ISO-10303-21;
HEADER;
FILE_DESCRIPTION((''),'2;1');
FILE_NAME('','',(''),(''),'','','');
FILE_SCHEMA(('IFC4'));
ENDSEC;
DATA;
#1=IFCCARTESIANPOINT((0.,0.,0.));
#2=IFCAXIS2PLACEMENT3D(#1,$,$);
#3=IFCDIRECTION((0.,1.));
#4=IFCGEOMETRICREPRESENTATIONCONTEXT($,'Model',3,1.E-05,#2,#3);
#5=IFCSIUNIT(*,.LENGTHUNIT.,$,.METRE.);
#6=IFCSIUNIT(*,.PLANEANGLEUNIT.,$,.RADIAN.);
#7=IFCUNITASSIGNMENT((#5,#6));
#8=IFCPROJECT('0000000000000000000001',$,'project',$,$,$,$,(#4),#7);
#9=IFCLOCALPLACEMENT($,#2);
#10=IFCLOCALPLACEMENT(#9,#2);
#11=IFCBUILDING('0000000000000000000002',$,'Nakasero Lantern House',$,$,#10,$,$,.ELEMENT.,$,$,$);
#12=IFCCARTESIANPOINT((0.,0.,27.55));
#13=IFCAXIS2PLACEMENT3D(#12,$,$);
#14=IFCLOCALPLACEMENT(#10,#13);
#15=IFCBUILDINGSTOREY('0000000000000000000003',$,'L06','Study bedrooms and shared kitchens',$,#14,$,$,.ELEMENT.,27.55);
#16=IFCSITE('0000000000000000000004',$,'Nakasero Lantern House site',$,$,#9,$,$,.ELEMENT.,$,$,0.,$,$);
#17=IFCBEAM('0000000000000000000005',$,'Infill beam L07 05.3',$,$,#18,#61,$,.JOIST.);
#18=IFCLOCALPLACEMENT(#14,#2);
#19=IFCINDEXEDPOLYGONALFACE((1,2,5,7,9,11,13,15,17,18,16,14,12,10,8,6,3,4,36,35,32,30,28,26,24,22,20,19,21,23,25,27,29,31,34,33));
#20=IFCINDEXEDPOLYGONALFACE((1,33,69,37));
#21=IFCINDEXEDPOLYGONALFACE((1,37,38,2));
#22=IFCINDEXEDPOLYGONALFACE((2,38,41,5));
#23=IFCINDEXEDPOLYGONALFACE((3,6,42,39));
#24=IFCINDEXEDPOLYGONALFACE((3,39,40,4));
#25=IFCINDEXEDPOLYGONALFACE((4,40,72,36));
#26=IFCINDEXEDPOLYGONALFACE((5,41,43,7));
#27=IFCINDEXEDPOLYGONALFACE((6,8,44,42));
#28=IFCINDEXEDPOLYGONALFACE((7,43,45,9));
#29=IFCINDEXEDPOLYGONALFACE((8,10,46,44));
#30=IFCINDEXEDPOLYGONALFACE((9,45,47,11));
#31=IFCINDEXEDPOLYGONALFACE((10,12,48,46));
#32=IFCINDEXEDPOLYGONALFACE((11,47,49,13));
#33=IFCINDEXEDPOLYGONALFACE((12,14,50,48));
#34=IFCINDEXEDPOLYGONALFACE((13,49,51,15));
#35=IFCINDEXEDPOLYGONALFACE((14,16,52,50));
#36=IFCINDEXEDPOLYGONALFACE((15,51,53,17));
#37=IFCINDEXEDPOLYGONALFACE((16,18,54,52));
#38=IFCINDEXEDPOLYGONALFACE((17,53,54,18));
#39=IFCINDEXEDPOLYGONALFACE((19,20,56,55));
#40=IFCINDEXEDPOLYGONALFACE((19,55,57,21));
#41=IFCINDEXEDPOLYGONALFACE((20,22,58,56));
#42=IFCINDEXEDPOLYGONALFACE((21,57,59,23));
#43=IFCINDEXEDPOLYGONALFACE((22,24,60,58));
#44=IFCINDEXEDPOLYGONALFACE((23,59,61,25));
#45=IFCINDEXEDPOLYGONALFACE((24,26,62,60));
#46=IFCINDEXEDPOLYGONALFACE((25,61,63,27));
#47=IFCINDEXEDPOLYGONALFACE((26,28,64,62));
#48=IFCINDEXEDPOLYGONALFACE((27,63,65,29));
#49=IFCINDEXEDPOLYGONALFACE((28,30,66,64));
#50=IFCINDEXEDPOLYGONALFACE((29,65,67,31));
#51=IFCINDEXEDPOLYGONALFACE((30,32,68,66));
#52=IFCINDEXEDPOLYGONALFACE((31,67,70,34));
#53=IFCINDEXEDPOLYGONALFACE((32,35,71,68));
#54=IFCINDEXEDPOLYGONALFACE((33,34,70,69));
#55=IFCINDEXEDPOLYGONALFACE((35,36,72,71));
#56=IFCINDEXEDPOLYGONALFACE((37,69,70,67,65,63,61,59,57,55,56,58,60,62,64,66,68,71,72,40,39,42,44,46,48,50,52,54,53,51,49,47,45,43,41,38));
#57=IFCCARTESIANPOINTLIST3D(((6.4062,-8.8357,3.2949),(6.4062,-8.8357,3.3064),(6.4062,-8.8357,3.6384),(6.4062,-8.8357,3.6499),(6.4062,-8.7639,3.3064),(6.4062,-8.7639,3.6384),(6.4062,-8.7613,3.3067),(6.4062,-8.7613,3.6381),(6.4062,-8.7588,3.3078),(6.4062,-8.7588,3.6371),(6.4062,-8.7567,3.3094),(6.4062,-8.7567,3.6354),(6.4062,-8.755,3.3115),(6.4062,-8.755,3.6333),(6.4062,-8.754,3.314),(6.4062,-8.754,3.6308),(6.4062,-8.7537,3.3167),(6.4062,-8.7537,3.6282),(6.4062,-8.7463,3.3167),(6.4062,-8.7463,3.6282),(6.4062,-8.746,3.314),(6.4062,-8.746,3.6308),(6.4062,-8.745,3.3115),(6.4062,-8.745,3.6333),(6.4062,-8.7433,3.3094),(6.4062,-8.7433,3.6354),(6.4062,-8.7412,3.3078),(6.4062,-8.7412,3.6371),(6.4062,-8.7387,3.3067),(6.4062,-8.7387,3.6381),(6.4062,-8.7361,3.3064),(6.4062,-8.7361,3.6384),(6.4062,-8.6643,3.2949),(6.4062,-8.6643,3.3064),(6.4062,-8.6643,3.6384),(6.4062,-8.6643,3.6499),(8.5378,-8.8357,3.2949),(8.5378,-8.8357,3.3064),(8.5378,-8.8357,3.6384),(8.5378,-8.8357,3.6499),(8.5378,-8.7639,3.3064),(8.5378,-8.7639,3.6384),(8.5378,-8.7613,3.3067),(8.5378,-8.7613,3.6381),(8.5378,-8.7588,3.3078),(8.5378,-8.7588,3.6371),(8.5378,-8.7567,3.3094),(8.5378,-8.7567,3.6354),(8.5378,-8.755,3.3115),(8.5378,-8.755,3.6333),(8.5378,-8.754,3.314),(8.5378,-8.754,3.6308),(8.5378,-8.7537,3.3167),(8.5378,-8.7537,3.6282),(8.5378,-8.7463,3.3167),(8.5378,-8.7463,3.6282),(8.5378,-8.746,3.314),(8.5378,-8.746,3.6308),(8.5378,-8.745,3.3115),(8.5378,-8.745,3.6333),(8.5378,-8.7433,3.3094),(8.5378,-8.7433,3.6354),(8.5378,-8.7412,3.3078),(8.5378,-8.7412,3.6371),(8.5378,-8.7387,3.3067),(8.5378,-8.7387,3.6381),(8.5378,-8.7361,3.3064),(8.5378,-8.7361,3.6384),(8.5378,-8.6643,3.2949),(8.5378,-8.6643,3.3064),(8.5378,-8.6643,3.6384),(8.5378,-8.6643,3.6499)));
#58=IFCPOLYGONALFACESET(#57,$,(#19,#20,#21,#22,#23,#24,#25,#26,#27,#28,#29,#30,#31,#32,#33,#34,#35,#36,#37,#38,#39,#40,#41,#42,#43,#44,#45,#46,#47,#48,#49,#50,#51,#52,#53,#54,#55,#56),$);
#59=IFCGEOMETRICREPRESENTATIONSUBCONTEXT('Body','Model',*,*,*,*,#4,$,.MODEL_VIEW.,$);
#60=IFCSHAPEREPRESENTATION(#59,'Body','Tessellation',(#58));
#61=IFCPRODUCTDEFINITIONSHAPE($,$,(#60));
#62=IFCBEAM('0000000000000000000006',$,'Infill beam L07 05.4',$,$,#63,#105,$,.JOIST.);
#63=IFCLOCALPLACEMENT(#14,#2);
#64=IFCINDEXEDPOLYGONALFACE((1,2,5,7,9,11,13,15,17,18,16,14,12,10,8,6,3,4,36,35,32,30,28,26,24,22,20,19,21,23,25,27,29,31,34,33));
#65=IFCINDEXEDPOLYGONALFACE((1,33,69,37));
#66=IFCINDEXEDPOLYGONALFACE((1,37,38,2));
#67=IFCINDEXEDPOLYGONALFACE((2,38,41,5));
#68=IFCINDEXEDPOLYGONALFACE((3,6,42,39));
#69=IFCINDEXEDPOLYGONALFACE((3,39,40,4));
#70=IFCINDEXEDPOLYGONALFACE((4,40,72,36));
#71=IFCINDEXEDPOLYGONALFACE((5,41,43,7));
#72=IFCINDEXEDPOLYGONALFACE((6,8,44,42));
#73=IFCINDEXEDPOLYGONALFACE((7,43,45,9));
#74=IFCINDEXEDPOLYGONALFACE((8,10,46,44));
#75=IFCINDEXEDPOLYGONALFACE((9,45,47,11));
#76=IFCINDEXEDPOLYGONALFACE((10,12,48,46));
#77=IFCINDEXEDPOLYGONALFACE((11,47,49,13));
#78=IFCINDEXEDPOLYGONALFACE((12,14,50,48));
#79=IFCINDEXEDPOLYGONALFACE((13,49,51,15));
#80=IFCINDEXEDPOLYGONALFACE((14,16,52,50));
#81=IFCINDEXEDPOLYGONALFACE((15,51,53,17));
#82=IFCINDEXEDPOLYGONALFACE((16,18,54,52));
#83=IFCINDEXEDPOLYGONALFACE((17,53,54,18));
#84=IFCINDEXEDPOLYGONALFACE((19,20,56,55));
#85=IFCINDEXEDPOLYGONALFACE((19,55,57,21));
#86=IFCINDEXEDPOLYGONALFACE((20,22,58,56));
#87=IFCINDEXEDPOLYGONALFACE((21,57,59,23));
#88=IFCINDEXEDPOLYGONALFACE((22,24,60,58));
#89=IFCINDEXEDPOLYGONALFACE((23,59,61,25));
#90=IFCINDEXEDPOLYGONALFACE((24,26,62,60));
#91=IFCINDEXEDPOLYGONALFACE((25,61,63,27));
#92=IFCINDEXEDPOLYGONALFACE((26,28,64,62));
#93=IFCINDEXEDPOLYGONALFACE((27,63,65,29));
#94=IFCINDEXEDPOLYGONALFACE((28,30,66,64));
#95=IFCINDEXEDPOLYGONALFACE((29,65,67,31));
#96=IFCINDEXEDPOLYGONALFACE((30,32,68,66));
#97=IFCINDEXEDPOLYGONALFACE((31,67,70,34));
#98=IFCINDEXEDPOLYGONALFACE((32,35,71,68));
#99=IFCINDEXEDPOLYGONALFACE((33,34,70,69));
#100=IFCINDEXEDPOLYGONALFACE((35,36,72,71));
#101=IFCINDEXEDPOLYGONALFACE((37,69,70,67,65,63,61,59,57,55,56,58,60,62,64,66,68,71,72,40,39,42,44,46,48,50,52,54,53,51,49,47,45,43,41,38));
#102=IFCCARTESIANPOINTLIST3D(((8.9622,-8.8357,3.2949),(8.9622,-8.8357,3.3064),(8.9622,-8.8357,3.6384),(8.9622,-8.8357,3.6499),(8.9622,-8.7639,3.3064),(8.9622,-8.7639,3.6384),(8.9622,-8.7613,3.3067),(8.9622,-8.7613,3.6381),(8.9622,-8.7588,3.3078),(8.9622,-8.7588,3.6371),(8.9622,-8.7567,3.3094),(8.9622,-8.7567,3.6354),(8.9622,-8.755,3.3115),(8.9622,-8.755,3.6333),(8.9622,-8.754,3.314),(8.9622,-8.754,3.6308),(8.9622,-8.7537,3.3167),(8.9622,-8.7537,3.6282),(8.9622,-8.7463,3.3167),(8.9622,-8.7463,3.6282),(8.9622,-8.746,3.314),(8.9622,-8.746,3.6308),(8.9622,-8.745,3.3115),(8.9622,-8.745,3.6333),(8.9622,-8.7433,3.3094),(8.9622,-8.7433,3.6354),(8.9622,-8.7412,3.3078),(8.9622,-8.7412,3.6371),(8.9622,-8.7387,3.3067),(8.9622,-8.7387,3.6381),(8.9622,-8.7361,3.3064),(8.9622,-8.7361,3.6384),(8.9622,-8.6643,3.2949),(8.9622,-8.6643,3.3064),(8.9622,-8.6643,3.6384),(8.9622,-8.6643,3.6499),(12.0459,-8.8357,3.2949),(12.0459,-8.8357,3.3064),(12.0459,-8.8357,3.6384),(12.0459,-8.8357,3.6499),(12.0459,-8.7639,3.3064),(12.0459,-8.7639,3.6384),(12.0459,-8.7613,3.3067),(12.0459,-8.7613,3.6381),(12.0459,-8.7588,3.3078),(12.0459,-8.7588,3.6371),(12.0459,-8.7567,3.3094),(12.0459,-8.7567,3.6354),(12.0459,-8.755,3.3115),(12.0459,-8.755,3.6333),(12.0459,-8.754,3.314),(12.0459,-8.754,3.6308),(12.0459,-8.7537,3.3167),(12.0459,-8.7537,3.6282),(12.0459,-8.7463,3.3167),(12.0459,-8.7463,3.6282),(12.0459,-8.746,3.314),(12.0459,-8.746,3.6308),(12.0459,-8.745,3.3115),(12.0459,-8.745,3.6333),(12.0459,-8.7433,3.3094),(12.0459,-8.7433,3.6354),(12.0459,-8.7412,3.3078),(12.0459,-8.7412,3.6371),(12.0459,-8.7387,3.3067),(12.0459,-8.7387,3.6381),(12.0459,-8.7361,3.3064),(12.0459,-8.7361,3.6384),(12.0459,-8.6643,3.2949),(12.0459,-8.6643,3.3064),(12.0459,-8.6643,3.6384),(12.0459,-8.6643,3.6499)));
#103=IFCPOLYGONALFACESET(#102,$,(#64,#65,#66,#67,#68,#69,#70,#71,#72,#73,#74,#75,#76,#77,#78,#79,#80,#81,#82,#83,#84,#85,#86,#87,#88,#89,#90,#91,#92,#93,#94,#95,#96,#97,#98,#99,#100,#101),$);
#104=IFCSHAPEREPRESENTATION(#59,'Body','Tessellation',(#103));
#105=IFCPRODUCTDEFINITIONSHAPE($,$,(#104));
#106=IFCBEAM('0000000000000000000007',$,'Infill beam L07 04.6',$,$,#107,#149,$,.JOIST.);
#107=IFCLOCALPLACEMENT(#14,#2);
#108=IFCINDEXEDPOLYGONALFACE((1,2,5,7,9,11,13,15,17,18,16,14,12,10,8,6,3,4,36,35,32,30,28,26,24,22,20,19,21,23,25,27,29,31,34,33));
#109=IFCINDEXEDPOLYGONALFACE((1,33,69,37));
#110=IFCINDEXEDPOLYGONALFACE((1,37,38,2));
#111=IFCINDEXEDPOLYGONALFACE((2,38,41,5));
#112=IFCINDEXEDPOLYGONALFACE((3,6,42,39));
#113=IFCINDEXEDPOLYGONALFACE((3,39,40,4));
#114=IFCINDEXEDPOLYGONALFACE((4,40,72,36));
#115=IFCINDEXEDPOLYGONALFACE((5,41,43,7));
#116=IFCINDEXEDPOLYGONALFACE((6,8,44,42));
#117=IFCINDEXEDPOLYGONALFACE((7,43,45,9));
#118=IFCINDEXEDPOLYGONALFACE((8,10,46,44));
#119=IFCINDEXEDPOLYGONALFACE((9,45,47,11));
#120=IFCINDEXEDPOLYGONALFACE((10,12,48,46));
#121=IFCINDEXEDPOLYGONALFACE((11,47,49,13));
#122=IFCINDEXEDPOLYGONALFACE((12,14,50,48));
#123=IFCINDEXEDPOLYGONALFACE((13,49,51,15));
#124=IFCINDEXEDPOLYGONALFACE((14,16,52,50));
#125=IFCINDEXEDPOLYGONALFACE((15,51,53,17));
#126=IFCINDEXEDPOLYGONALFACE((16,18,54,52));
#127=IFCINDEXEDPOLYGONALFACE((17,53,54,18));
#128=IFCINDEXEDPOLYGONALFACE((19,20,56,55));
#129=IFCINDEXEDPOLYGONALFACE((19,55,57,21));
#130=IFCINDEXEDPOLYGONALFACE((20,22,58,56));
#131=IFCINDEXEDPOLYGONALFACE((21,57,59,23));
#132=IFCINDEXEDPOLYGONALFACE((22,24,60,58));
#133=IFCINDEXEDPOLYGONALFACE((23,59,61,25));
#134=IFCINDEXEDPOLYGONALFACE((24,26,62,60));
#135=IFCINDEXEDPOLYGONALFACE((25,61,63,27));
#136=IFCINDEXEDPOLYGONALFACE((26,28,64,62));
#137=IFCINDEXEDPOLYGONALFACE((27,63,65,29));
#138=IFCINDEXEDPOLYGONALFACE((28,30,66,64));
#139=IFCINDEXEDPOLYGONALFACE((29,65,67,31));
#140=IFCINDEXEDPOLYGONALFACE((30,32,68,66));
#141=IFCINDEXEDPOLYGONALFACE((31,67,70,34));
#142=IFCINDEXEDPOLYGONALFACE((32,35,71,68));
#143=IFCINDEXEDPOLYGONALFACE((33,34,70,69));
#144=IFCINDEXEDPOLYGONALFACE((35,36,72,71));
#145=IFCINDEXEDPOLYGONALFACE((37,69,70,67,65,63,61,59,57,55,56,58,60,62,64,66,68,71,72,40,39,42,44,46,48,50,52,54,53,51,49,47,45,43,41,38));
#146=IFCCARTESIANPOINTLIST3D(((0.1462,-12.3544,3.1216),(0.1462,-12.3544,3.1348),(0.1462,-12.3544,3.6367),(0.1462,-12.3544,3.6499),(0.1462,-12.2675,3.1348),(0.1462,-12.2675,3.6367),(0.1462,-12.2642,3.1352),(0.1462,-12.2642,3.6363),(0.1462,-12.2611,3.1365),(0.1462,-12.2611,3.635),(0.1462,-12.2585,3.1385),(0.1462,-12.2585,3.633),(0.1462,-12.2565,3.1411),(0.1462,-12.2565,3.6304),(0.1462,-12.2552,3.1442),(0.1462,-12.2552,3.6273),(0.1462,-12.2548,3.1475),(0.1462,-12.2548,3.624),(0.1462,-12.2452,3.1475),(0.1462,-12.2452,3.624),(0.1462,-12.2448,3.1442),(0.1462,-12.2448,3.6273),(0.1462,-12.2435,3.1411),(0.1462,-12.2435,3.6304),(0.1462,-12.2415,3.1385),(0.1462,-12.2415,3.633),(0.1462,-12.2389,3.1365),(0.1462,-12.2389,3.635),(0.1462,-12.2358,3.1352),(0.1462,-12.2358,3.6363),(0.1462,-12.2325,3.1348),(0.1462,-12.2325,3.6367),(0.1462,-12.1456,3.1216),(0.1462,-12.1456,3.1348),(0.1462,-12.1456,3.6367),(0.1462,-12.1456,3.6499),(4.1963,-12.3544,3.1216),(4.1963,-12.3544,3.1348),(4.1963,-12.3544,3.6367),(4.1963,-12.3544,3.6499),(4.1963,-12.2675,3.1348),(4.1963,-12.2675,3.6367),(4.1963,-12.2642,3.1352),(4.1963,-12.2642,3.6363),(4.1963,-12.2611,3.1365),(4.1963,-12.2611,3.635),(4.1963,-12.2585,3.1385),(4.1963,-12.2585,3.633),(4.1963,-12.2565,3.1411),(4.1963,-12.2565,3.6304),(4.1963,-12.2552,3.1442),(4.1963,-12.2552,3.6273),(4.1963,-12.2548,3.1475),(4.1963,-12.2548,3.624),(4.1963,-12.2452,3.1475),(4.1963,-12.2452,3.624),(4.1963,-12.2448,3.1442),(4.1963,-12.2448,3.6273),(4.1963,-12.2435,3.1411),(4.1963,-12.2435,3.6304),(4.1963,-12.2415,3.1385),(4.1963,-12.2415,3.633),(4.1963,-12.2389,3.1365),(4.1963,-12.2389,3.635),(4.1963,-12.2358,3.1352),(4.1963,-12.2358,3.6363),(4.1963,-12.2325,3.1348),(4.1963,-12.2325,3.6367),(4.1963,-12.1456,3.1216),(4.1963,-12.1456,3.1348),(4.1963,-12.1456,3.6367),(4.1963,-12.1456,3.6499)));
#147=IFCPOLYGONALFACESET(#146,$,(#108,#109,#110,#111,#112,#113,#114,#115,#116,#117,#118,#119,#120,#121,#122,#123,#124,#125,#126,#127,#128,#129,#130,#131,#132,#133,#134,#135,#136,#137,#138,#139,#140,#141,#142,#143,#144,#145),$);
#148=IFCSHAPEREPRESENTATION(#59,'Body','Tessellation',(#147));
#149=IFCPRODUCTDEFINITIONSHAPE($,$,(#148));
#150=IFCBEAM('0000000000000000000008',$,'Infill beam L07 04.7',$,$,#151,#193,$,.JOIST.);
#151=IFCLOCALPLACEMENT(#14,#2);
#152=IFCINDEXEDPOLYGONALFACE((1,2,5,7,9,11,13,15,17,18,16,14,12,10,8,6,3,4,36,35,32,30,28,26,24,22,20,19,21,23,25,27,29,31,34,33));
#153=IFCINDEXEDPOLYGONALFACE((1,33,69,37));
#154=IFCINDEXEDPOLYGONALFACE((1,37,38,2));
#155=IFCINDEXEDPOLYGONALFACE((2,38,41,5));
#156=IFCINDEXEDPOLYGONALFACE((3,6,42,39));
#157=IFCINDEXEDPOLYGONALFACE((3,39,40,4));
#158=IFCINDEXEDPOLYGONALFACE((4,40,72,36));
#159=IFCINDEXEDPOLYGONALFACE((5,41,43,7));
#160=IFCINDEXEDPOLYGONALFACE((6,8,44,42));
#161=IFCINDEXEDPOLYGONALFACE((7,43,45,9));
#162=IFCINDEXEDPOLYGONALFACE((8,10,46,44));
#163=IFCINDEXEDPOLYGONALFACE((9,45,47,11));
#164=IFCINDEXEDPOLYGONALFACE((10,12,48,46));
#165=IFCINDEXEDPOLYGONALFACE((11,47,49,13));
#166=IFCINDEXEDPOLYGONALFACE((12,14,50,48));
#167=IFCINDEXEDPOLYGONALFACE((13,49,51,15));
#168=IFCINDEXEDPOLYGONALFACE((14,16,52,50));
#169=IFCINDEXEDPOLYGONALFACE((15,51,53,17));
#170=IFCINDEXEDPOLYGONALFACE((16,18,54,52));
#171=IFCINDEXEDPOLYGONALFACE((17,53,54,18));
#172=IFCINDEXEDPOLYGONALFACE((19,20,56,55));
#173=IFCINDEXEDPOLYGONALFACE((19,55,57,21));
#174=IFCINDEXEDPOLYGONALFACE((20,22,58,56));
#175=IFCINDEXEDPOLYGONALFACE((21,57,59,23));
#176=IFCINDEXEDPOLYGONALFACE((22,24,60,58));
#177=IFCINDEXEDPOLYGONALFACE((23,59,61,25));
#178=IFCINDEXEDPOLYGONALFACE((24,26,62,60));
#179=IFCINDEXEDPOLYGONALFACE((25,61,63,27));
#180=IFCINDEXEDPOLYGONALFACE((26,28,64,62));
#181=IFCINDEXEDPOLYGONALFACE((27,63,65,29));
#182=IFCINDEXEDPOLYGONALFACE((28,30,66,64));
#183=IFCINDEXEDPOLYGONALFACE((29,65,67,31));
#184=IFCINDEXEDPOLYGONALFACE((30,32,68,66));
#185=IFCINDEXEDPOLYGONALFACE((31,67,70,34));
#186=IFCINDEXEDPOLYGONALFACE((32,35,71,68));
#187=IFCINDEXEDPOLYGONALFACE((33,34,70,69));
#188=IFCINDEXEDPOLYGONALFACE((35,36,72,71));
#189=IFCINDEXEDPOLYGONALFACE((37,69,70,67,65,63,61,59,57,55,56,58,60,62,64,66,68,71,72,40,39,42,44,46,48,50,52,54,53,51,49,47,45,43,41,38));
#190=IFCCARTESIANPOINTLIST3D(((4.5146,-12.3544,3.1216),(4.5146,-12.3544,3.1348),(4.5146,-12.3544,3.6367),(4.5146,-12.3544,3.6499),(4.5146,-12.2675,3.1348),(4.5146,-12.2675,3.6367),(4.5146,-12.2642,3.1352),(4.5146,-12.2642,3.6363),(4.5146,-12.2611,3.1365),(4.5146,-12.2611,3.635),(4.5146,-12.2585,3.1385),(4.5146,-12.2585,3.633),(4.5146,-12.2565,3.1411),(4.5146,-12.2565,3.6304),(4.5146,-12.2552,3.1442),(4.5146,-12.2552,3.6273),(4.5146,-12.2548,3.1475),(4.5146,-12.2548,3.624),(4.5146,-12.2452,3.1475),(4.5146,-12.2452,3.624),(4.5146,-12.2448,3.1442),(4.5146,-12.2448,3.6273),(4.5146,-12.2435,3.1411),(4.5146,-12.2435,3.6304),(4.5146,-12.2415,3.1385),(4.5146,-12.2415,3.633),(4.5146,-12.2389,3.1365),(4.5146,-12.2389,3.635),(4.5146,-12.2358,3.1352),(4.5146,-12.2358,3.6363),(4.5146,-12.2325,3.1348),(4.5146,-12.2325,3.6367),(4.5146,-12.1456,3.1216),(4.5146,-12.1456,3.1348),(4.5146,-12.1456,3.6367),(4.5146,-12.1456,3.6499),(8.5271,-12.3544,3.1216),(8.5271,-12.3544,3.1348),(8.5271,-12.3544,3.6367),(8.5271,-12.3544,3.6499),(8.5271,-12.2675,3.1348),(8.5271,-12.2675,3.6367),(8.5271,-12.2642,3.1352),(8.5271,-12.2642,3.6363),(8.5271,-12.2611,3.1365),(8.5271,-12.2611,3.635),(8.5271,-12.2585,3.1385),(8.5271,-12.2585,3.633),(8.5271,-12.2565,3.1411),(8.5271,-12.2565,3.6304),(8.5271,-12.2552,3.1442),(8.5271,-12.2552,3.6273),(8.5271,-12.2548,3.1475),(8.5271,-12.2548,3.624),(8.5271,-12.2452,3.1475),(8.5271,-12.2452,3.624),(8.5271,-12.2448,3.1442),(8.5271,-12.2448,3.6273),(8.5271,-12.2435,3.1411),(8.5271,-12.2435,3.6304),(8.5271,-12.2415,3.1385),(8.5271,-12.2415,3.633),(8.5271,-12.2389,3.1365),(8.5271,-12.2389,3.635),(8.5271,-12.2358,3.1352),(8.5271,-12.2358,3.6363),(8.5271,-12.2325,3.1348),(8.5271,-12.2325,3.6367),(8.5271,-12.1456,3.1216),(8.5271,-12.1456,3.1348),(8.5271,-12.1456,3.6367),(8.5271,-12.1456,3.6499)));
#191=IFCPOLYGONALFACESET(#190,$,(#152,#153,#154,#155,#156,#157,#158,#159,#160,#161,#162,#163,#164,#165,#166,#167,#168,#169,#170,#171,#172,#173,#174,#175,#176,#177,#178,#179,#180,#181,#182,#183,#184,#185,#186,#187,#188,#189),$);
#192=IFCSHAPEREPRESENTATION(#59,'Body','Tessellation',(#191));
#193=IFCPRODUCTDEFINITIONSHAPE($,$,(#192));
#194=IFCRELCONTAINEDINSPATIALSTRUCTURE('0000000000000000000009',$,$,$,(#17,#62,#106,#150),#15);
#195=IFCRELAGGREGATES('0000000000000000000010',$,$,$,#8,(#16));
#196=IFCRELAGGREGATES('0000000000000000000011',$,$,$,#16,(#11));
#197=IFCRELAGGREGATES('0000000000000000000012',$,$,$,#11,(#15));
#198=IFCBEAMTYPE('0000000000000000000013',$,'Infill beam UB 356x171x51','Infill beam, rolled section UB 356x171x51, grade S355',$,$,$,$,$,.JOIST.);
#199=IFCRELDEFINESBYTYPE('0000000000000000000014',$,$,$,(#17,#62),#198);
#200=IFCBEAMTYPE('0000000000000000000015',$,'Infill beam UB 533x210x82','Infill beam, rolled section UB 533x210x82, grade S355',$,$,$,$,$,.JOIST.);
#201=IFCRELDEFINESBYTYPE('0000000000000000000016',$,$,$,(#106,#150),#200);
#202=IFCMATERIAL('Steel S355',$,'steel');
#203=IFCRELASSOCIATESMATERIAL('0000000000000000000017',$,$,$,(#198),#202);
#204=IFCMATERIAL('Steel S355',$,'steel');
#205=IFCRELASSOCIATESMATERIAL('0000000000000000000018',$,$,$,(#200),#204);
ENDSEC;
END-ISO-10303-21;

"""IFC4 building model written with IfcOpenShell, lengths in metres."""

from ifc_helpers import new_model, si_unit, direction, frame, origin, origin_2d, place, context, subcontext, project, spatial, i_section, extrude, material, material_profile, profile_set, type_object, element, save


model = new_model("IFC4")

# Units and contexts
model_context = context("Model", 3, precision=1e-05, world=origin(), true_north=direction((0.0, 1.0)))
body_context = subcontext(model_context, "Body", "Model", "MODEL_VIEW")
ifc_project = project(units=[si_unit("LENGTHUNIT", "METRE"), si_unit("PLANEANGLEUNIT", "RADIAN")], contexts=[model_context])

# Site, building, storey
site_placement = place(None, origin())
site = spatial("IfcSite", under=ifc_project, at=site_placement, Name="Nakasero Lantern House site", CompositionType="ELEMENT", RefElevation=0.0)
building_placement = place(site_placement, origin())
building = spatial("IfcBuilding", under=site, at=building_placement, Name="Nakasero Lantern House", CompositionType="ELEMENT")
storey_placement = place(building_placement, frame((0.0, 0.0, 27.55)))
storey = spatial("IfcBuildingStorey", under=building, at=storey_placement, Name="L06", Description="Study bedrooms and shared kitchens", CompositionType="ELEMENT", Elevation=27.55)

# Beams
ifc_material_1 = material(Name="Steel S355", Category="steel")
ifc_material_profile_1 = material_profile(ifc_material_1, i_section(OverallWidth=0.1714, OverallDepth=0.355, WebThickness=0.0073, FlangeThickness=0.0115, FilletRadius=0.0103, at=origin_2d()), Name="UB 356x171x51")
ifc_profile_set_1 = profile_set([ifc_material_profile_1], Name="Steel S355")
beam_type_1 = type_object("IfcBeamType", Name="Infill beam UB 356x171x51", Description="Infill beam, rolled section UB 356x171x51, grade S355", PredefinedType="JOIST", material=ifc_profile_set_1)
beam_1_placement = place(storey_placement, frame((6.4062, -8.75, 3.4724), z_axis=(1.0, 0.0, 0.0), x_axis=(0.0, 1.0, 0.0)))
element("IfcBeam", 1, at=beam_1_placement, inside=storey, type_object=beam_type_1, Name="Infill beam L07 05.3", PredefinedType="JOIST", context=body_context, shape_type="SweptSolid", body=[
    extrude(i_section(OverallWidth=0.1714, OverallDepth=0.355, WebThickness=0.0073, FlangeThickness=0.0115, FilletRadius=0.0103, at=origin_2d()), origin(), (0.0, 0.0, 1.0), 2.1316),
])
beam_2_placement = place(storey_placement, frame((8.9622, -8.75, 3.4724), z_axis=(1.0, 0.0, 0.0), x_axis=(0.0, 1.0, 0.0)))
element("IfcBeam", 2, at=beam_2_placement, inside=storey, type_object=beam_type_1, Name="Infill beam L07 05.4", PredefinedType="JOIST", context=body_context, shape_type="SweptSolid", body=[
    extrude(i_section(OverallWidth=0.1714, OverallDepth=0.355, WebThickness=0.0073, FlangeThickness=0.0115, FilletRadius=0.0103, at=origin_2d()), origin(), (0.0, 0.0, 1.0), 3.0837),
])
ifc_material_2 = material(Name="Steel S355", Category="steel")
ifc_material_profile_2 = material_profile(ifc_material_2, i_section(OverallWidth=0.2087, OverallDepth=0.5283, WebThickness=0.0095, FlangeThickness=0.0132, FilletRadius=0.0127, at=origin_2d()), Name="UB 533x210x82")
ifc_profile_set_2 = profile_set([ifc_material_profile_2], Name="Steel S355")
beam_type_2 = type_object("IfcBeamType", Name="Infill beam UB 533x210x82", Description="Infill beam, rolled section UB 533x210x82, grade S355", PredefinedType="JOIST", material=ifc_profile_set_2)
beam_3_placement = place(storey_placement, frame((0.1462, -12.25, 3.3857), z_axis=(1.0, 0.0, 0.0), x_axis=(0.0, 1.0, 0.0)))
element("IfcBeam", 3, at=beam_3_placement, inside=storey, type_object=beam_type_2, Name="Infill beam L07 04.6", PredefinedType="JOIST", context=body_context, shape_type="SweptSolid", body=[
    extrude(i_section(OverallWidth=0.2087, OverallDepth=0.5283, WebThickness=0.0095, FlangeThickness=0.0132, FilletRadius=0.0127, at=origin_2d()), origin(), (0.0, 0.0, 1.0), 4.05),
])
beam_4_placement = place(storey_placement, frame((4.5146, -12.25, 3.3857), z_axis=(1.0, 0.0, 0.0), x_axis=(0.0, 1.0, 0.0)))
element("IfcBeam", 4, at=beam_4_placement, inside=storey, type_object=beam_type_2, Name="Infill beam L07 04.7", PredefinedType="JOIST", context=body_context, shape_type="SweptSolid", body=[
    extrude(i_section(OverallWidth=0.2087, OverallDepth=0.5283, WebThickness=0.0095, FlangeThickness=0.0132, FilletRadius=0.0127, at=origin_2d()), origin(), (0.0, 0.0, 1.0), 4.0125),
])

save(model, "model.ifc")
